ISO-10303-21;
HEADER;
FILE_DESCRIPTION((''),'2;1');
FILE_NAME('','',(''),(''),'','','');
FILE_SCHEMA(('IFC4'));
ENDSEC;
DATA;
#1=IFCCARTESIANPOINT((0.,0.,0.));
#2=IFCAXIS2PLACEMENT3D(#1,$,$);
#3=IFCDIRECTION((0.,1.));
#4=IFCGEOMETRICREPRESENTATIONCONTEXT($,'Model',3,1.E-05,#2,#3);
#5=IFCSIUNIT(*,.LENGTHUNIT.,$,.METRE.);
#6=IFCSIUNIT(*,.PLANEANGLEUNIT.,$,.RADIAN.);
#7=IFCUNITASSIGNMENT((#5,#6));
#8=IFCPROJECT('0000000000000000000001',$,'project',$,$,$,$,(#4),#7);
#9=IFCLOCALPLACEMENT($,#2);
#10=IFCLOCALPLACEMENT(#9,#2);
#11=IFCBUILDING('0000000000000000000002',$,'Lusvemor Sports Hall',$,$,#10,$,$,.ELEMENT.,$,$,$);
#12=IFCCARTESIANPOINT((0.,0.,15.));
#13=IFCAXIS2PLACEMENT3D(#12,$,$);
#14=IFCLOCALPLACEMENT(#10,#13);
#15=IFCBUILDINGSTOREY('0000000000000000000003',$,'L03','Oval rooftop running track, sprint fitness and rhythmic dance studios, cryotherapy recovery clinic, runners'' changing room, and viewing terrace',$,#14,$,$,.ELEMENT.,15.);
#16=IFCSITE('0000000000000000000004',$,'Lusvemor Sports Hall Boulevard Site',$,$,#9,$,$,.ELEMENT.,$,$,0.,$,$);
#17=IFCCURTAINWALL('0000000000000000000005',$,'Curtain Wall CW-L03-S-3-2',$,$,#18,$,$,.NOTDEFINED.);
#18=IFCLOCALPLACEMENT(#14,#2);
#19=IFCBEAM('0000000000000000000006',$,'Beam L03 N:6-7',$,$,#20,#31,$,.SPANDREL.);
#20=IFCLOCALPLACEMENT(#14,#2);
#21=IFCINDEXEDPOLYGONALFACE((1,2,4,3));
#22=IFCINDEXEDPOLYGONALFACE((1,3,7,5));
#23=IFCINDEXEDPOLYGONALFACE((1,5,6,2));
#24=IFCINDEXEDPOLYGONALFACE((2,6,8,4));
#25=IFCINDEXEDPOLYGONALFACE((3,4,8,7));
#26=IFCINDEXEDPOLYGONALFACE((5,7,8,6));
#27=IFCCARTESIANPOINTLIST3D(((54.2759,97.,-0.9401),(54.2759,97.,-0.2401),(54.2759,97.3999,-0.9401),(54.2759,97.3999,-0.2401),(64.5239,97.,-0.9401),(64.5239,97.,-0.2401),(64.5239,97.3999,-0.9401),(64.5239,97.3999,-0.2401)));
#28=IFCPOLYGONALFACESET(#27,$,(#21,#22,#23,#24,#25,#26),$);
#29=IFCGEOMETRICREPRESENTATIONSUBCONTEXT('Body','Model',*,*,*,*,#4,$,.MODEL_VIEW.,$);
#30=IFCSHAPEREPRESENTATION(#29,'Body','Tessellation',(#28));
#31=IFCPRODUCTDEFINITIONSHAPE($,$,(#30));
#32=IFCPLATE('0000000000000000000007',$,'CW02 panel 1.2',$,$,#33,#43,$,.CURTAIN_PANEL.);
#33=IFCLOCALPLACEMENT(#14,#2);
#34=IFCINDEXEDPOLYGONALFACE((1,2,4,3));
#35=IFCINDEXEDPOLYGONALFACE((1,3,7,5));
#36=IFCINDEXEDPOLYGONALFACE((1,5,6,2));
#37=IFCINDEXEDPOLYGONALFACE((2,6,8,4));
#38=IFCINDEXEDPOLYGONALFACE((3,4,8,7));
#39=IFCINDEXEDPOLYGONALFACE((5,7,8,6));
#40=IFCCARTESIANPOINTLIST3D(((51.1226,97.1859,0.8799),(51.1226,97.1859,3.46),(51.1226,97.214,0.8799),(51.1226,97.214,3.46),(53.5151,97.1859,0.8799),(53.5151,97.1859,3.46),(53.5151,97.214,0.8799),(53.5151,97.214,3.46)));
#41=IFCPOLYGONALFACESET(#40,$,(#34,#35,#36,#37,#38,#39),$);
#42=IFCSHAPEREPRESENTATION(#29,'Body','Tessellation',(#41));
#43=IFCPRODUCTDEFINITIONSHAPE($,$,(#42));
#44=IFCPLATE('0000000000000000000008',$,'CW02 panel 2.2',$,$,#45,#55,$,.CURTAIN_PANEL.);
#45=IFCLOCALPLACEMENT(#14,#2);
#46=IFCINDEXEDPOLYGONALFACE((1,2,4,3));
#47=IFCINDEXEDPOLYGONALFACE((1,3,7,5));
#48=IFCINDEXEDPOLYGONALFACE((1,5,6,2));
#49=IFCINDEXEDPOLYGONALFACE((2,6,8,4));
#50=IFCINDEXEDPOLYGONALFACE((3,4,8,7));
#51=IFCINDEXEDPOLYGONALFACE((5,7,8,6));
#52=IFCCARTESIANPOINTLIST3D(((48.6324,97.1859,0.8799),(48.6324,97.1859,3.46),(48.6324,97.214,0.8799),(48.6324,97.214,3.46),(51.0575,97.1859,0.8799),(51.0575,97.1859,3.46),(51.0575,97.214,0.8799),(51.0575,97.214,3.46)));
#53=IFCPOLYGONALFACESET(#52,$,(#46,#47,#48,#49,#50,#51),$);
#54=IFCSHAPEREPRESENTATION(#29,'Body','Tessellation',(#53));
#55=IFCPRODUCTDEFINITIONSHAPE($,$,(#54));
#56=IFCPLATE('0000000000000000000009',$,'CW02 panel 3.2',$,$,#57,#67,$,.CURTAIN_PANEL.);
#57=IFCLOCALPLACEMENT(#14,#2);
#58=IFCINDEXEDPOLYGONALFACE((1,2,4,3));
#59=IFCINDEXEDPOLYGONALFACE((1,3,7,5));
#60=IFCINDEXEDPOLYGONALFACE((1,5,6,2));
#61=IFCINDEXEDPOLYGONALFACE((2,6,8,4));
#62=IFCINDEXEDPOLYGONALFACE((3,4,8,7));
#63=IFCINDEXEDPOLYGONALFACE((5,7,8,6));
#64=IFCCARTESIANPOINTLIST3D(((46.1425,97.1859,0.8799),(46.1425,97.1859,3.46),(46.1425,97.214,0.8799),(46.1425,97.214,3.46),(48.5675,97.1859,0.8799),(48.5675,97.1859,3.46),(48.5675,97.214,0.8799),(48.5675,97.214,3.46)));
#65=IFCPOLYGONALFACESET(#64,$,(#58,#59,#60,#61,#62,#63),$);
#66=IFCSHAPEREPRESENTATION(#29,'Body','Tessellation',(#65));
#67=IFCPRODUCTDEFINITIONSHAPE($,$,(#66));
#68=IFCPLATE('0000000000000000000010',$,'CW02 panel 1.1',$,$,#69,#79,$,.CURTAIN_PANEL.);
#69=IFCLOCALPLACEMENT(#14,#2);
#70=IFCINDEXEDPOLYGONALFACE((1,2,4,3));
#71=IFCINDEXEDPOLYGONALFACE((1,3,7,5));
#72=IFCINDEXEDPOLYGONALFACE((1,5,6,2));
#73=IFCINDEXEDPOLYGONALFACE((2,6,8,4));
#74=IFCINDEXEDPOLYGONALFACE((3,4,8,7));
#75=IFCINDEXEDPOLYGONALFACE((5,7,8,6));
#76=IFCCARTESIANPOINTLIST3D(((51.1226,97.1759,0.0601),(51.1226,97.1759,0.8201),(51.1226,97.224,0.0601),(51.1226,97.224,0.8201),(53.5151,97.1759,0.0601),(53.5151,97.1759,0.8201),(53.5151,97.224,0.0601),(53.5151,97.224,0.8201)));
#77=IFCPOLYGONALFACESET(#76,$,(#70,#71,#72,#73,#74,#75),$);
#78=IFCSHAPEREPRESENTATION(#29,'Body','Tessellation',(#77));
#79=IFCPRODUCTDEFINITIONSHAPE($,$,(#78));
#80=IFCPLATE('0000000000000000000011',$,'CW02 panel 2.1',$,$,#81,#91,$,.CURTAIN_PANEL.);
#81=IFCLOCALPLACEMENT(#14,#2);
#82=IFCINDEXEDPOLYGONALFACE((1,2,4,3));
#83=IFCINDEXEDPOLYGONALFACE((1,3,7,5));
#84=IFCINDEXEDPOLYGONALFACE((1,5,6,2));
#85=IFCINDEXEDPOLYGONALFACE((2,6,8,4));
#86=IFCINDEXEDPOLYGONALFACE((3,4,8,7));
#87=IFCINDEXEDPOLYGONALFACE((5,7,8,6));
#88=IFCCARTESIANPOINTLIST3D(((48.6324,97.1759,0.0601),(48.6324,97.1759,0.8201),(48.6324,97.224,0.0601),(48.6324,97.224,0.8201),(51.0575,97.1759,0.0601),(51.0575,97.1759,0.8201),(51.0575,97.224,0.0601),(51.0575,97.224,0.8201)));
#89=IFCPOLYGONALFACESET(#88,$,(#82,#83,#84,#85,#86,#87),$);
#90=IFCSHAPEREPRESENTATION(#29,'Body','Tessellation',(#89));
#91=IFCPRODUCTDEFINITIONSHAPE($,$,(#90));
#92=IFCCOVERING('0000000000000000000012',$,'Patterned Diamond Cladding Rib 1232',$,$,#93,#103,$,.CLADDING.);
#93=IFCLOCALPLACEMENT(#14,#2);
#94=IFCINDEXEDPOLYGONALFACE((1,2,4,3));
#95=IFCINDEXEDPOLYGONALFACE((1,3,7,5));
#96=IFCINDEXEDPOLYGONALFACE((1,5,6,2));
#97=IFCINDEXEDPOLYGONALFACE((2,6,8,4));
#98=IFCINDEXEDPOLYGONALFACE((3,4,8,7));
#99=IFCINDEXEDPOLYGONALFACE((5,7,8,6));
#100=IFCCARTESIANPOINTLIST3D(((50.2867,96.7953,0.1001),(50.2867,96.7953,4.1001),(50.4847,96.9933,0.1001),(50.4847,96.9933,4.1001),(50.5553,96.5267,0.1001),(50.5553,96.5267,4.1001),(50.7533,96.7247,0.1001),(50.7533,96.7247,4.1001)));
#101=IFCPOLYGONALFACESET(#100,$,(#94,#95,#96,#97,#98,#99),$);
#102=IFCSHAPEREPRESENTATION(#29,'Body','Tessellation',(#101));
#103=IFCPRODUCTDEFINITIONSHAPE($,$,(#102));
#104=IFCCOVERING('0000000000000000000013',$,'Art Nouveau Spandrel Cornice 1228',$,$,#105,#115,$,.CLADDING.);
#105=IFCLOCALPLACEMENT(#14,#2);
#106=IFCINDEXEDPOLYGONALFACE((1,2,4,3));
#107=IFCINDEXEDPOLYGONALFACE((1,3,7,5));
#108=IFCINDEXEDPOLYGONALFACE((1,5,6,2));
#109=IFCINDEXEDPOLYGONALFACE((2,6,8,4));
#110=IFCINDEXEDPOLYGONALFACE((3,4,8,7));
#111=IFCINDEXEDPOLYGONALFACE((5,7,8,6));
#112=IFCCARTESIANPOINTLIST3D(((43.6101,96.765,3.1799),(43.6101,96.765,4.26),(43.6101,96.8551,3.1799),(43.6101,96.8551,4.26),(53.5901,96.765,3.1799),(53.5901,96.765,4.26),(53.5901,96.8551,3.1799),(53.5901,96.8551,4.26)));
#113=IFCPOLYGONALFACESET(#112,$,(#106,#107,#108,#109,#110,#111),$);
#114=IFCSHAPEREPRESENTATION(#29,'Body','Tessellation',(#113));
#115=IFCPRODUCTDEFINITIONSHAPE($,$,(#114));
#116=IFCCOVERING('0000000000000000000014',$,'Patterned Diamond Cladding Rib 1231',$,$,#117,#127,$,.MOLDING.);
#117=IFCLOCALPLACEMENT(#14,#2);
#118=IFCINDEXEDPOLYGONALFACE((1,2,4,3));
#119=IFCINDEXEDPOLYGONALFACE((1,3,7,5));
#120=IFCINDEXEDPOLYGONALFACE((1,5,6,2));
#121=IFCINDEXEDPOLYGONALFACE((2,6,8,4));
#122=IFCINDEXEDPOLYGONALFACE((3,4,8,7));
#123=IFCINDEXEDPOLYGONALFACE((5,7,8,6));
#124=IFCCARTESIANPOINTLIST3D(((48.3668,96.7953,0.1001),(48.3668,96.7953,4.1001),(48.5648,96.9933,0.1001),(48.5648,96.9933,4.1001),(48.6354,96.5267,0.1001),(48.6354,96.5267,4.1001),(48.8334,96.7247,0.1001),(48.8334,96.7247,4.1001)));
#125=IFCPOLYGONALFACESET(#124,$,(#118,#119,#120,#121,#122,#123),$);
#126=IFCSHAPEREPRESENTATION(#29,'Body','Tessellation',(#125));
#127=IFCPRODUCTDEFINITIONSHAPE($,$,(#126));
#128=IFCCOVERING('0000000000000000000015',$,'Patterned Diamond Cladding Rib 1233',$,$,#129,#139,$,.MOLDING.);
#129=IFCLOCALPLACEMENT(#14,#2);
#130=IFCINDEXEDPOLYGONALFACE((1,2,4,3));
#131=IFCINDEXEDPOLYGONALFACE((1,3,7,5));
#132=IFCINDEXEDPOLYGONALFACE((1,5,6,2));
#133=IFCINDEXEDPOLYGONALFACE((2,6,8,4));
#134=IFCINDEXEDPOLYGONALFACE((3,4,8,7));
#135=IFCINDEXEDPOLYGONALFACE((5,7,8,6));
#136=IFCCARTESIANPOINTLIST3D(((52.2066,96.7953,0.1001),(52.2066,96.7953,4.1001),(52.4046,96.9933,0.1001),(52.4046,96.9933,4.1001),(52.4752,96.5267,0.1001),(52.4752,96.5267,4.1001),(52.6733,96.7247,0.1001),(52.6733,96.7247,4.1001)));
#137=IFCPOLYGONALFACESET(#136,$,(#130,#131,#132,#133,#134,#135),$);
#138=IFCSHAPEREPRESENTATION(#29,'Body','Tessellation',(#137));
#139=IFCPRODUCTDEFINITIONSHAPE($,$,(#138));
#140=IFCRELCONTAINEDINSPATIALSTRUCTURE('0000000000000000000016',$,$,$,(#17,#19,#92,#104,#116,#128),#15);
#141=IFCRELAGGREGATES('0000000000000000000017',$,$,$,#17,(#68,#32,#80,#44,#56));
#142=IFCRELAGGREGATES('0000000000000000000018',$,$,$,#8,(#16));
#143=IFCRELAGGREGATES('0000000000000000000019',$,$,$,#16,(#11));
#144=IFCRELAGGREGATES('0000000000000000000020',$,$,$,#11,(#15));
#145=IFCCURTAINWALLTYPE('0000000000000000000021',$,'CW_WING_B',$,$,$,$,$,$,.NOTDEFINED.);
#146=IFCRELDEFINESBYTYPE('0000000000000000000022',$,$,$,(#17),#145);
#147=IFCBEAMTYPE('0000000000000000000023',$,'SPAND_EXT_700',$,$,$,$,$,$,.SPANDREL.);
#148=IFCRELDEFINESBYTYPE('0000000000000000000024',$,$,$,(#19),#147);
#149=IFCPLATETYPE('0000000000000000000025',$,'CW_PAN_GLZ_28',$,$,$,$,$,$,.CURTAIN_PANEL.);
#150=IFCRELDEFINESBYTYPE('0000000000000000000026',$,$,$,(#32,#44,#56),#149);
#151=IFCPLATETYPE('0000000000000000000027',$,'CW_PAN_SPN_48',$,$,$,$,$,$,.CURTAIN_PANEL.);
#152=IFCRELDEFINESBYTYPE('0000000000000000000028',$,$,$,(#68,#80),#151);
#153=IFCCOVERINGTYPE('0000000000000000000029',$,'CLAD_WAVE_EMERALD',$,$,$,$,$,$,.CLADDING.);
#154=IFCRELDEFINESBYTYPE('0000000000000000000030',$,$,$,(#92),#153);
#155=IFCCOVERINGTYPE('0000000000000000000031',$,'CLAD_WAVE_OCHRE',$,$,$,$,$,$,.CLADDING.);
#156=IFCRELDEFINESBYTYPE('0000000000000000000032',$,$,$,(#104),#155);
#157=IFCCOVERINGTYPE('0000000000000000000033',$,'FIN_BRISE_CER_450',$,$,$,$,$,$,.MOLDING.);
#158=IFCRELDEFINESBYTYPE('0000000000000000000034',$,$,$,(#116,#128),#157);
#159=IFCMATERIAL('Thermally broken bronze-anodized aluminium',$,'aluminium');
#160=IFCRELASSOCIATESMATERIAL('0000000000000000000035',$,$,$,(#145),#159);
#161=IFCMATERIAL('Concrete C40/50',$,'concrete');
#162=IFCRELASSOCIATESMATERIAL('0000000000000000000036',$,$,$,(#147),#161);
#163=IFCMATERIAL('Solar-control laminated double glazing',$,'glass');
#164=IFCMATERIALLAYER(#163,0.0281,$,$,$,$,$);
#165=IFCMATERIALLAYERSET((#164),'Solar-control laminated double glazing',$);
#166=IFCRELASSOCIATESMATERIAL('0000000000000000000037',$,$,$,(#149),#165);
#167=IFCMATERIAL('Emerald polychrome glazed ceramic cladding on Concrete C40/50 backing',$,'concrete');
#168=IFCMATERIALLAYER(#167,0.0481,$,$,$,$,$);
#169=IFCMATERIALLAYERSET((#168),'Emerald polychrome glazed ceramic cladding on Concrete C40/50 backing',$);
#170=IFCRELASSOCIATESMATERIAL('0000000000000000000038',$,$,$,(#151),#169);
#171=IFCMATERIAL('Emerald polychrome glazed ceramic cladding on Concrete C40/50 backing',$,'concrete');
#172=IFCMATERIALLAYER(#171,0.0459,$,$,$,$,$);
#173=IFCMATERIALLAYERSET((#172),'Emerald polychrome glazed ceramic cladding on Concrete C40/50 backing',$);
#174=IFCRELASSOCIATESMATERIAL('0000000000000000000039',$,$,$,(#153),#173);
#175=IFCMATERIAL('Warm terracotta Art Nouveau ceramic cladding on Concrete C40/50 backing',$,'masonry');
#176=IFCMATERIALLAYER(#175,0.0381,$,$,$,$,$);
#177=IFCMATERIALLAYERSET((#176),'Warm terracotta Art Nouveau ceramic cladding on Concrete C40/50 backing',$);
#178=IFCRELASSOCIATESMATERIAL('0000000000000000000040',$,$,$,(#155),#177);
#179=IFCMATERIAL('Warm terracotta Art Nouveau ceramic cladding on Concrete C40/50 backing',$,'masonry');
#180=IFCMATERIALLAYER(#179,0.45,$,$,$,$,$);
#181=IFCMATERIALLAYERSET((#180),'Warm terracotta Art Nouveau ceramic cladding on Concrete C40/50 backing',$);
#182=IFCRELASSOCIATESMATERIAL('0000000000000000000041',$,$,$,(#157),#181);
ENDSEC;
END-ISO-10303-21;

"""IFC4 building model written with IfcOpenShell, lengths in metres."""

from ifc_helpers import new_model, si_unit, direction, frame, origin, origin_2d, place, context, subcontext, project, spatial, rectangle, extrude, material, layer, layer_set, material_profile, profile_set, type_object, element, aggregate, save


model = new_model("IFC4")

# Units and contexts
model_context = context("Model", 3, precision=1e-05, world=origin(), true_north=direction((0.0, 1.0)))
body_context = subcontext(model_context, "Body", "Model", "MODEL_VIEW")
ifc_project = project(units=[si_unit("LENGTHUNIT", "METRE"), si_unit("PLANEANGLEUNIT", "RADIAN")], contexts=[model_context])

# Site, building, storey
site_placement = place(None, origin())
site = spatial("IfcSite", under=ifc_project, at=site_placement, Name="Lusvemor Sports Hall Boulevard Site", CompositionType="ELEMENT", RefElevation=0.0)
building_placement = place(site_placement, origin())
building = spatial("IfcBuilding", under=site, at=building_placement, Name="Lusvemor Sports Hall", CompositionType="ELEMENT")
storey_placement = place(building_placement, frame((0.0, 0.0, 15.0)))
storey = spatial("IfcBuildingStorey", under=building, at=storey_placement, Name="L03", Description="Oval rooftop running track, sprint fitness and rhythmic dance studios, cryotherapy recovery clinic, runners' changing room, and viewing terrace", CompositionType="ELEMENT", Elevation=15.0)

# Curtain wall
ifc_material_1 = material(Name="Thermally broken bronze-anodized aluminium", Category="aluminium")
curtain_wall_type = type_object("IfcCurtainWallType", Name="CW_WING_B", PredefinedType="NOTDEFINED", material=ifc_material_1)
curtain_wall_placement = place(storey_placement, origin())
curtain_wall = element("IfcCurtainWall", 1, at=curtain_wall_placement, inside=storey, type_object=curtain_wall_type, Name="Curtain Wall CW-L03-S-3-2", PredefinedType="NOTDEFINED")

# Beam
ifc_material_2 = material(Name="Concrete C40/50", Category="concrete")
ifc_material_profile_1 = material_profile(ifc_material_2, rectangle(XDim=0.3999, YDim=0.7, at=origin_2d()), Name="RC400x700")
ifc_profile_set_1 = profile_set([ifc_material_profile_1], Name="Concrete C40/50")
beam_type_1 = type_object("IfcBeamType", Name="SPAND_EXT_700", PredefinedType="SPANDREL", material=ifc_profile_set_1)
beam_1_placement = place(storey_placement, frame((54.2759, 97.2, -0.5901), z_axis=(1.0, 0.0, 0.0), x_axis=(0.0, 1.0, 0.0)))
element("IfcBeam", 2, at=beam_1_placement, inside=storey, type_object=beam_type_1, Name="Beam L03 N:6-7", PredefinedType="SPANDREL", context=body_context, shape_type="SweptSolid", body=[
    extrude(rectangle(XDim=0.3999, YDim=0.7, at=origin_2d()), origin(), (0.0, 0.0, 1.0), 10.248),
])

# Plates
ifc_material_3 = material(Name="Solar-control laminated double glazing", Category="glass")
ifc_layer_1 = layer(ifc_material_3, 0.0281)
ifc_layer_set_1 = layer_set([ifc_layer_1], Name="Solar-control laminated double glazing")
plate_type_1 = type_object("IfcPlateType", Name="CW_PAN_GLZ_28", PredefinedType="CURTAIN_PANEL", material=ifc_layer_set_1)
plate_1_placement = place(storey_placement, frame((52.3188, 97.2, 0.8799), z_axis=(0.0, 0.0, 1.0), x_axis=(-1.0, 0.0, 0.0)))
plate_1 = element("IfcPlate", 3, at=plate_1_placement, type_object=plate_type_1, Name="CW02 panel 1.2", PredefinedType="CURTAIN_PANEL", context=body_context, shape_type="SweptSolid", body=[
    extrude(rectangle(XDim=2.3926, YDim=0.0281, at=origin_2d()), origin(), (0.0, 0.0, 1.0), 2.5801),
])
plate_2_placement = place(storey_placement, frame((49.845, 97.2, 0.8799), z_axis=(0.0, 0.0, 1.0), x_axis=(-1.0, 0.0, 0.0)))
plate_2 = element("IfcPlate", 4, at=plate_2_placement, type_object=plate_type_1, Name="CW02 panel 2.2", PredefinedType="CURTAIN_PANEL", context=body_context, shape_type="SweptSolid", body=[
    extrude(rectangle(XDim=2.425, YDim=0.0281, at=origin_2d()), origin(), (0.0, 0.0, 1.0), 2.5801),
])
plate_3_placement = place(storey_placement, frame((47.355, 97.2, 0.8799), z_axis=(0.0, 0.0, 1.0), x_axis=(-1.0, 0.0, 0.0)))
plate_3 = element("IfcPlate", 5, at=plate_3_placement, type_object=plate_type_1, Name="CW02 panel 3.2", PredefinedType="CURTAIN_PANEL", context=body_context, shape_type="SweptSolid", body=[
    extrude(rectangle(XDim=2.425, YDim=0.0281, at=origin_2d()), origin(), (0.0, 0.0, 1.0), 2.5801),
])
ifc_material_4 = material(Name="Emerald polychrome glazed ceramic cladding on Concrete C40/50 backing", Category="concrete")
ifc_layer_2 = layer(ifc_material_4, 0.0481)
ifc_layer_set_2 = layer_set([ifc_layer_2], Name="Emerald polychrome glazed ceramic cladding on Concrete C40/50 backing")
plate_type_2 = type_object("IfcPlateType", Name="CW_PAN_SPN_48", PredefinedType="CURTAIN_PANEL", material=ifc_layer_set_2)
plate_4_placement = place(storey_placement, frame((52.3188, 97.2, 0.0601), z_axis=(0.0, 0.0, 1.0), x_axis=(-1.0, 0.0, 0.0)))
plate_4 = element("IfcPlate", 6, at=plate_4_placement, type_object=plate_type_2, Name="CW02 panel 1.1", PredefinedType="CURTAIN_PANEL", context=body_context, shape_type="SweptSolid", body=[
    extrude(rectangle(XDim=2.3926, YDim=0.0481, at=origin_2d()), origin(), (0.0, 0.0, 1.0), 0.76),
])
plate_5_placement = place(storey_placement, frame((49.845, 97.2, 0.0601), z_axis=(0.0, 0.0, 1.0), x_axis=(-1.0, 0.0, 0.0)))
plate_5 = element("IfcPlate", 7, at=plate_5_placement, type_object=plate_type_2, Name="CW02 panel 2.1", PredefinedType="CURTAIN_PANEL", context=body_context, shape_type="SweptSolid", body=[
    extrude(rectangle(XDim=2.425, YDim=0.0481, at=origin_2d()), origin(), (0.0, 0.0, 1.0), 0.76),
])
aggregate(curtain_wall, [plate_4, plate_1, plate_5, plate_2, plate_3])

# Coverings
ifc_material_5 = material(Name="Emerald polychrome glazed ceramic cladding on Concrete C40/50 backing", Category="concrete")
ifc_layer_3 = layer(ifc_material_5, 0.0459)
ifc_layer_set_3 = layer_set([ifc_layer_3], Name="Emerald polychrome glazed ceramic cladding on Concrete C40/50 backing")
covering_type_1 = type_object("IfcCoveringType", Name="CLAD_WAVE_EMERALD", PredefinedType="CLADDING", material=ifc_layer_set_3)
covering_1_placement = place(storey_placement, frame((50.52, 96.76, 0.1001), z_axis=(0.0, 0.0, 1.0), x_axis=(0.707107, 0.707107, 0.0)))
element("IfcCovering", 8, at=covering_1_placement, inside=storey, type_object=covering_type_1, Name="Patterned Diamond Cladding Rib 1232", PredefinedType="CLADDING", context=body_context, shape_type="SweptSolid", body=[
    extrude(rectangle(XDim=0.28, YDim=0.3799, at=origin_2d()), origin(), (0.0, 0.0, 1.0), 4.0),
])
ifc_material_6 = material(Name="Warm terracotta Art Nouveau ceramic cladding on Concrete C40/50 backing", Category="masonry")
ifc_layer_4 = layer(ifc_material_6, 0.0381)
ifc_layer_set_4 = layer_set([ifc_layer_4], Name="Warm terracotta Art Nouveau ceramic cladding on Concrete C40/50 backing")
covering_type_2 = type_object("IfcCoveringType", Name="CLAD_WAVE_OCHRE", PredefinedType="CLADDING", material=ifc_layer_set_4)
covering_2_placement = place(storey_placement, frame((48.6001, 96.8101, 3.1799), z_axis=(0.0, 0.0, 1.0), x_axis=(1.0, 0.0, 0.0)))
element("IfcCovering", 9, at=covering_2_placement, inside=storey, type_object=covering_type_2, Name="Art Nouveau Spandrel Cornice 1228", PredefinedType="CLADDING", context=body_context, shape_type="SweptSolid", body=[
    extrude(rectangle(XDim=9.98, YDim=0.0901, at=origin_2d()), origin(), (0.0, 0.0, 1.0), 1.0801),
])
ifc_material_7 = material(Name="Warm terracotta Art Nouveau ceramic cladding on Concrete C40/50 backing", Category="masonry")
ifc_layer_5 = layer(ifc_material_7, 0.45)
ifc_layer_set_5 = layer_set([ifc_layer_5], Name="Warm terracotta Art Nouveau ceramic cladding on Concrete C40/50 backing")
covering_type_3 = type_object("IfcCoveringType", Name="FIN_BRISE_CER_450", PredefinedType="MOLDING", material=ifc_layer_set_5)
for number, where, z_axis, x_axis, name in (
    (10, (48.6001, 96.76, 0.1001), (0.0, 0.0, 1.0), (0.707107, 0.707107, 0.0), "Patterned Diamond Cladding Rib 1231"),
    (11, (52.4399, 96.76, 0.1001), (0.0, 0.0, 1.0), (0.707107, 0.707107, 0.0), "Patterned Diamond Cladding Rib 1233"),
):
    element("IfcCovering", number, at=place(storey_placement, frame(where, z_axis=z_axis, x_axis=x_axis)), inside=storey, type_object=covering_type_3, Name=name, PredefinedType="MOLDING", context=body_context, shape_type="SweptSolid", body=[
        extrude(rectangle(XDim=0.28, YDim=0.3799, at=origin_2d()), origin(), (0.0, 0.0, 1.0), 4.0),
    ])

save(model, "model.ifc")
